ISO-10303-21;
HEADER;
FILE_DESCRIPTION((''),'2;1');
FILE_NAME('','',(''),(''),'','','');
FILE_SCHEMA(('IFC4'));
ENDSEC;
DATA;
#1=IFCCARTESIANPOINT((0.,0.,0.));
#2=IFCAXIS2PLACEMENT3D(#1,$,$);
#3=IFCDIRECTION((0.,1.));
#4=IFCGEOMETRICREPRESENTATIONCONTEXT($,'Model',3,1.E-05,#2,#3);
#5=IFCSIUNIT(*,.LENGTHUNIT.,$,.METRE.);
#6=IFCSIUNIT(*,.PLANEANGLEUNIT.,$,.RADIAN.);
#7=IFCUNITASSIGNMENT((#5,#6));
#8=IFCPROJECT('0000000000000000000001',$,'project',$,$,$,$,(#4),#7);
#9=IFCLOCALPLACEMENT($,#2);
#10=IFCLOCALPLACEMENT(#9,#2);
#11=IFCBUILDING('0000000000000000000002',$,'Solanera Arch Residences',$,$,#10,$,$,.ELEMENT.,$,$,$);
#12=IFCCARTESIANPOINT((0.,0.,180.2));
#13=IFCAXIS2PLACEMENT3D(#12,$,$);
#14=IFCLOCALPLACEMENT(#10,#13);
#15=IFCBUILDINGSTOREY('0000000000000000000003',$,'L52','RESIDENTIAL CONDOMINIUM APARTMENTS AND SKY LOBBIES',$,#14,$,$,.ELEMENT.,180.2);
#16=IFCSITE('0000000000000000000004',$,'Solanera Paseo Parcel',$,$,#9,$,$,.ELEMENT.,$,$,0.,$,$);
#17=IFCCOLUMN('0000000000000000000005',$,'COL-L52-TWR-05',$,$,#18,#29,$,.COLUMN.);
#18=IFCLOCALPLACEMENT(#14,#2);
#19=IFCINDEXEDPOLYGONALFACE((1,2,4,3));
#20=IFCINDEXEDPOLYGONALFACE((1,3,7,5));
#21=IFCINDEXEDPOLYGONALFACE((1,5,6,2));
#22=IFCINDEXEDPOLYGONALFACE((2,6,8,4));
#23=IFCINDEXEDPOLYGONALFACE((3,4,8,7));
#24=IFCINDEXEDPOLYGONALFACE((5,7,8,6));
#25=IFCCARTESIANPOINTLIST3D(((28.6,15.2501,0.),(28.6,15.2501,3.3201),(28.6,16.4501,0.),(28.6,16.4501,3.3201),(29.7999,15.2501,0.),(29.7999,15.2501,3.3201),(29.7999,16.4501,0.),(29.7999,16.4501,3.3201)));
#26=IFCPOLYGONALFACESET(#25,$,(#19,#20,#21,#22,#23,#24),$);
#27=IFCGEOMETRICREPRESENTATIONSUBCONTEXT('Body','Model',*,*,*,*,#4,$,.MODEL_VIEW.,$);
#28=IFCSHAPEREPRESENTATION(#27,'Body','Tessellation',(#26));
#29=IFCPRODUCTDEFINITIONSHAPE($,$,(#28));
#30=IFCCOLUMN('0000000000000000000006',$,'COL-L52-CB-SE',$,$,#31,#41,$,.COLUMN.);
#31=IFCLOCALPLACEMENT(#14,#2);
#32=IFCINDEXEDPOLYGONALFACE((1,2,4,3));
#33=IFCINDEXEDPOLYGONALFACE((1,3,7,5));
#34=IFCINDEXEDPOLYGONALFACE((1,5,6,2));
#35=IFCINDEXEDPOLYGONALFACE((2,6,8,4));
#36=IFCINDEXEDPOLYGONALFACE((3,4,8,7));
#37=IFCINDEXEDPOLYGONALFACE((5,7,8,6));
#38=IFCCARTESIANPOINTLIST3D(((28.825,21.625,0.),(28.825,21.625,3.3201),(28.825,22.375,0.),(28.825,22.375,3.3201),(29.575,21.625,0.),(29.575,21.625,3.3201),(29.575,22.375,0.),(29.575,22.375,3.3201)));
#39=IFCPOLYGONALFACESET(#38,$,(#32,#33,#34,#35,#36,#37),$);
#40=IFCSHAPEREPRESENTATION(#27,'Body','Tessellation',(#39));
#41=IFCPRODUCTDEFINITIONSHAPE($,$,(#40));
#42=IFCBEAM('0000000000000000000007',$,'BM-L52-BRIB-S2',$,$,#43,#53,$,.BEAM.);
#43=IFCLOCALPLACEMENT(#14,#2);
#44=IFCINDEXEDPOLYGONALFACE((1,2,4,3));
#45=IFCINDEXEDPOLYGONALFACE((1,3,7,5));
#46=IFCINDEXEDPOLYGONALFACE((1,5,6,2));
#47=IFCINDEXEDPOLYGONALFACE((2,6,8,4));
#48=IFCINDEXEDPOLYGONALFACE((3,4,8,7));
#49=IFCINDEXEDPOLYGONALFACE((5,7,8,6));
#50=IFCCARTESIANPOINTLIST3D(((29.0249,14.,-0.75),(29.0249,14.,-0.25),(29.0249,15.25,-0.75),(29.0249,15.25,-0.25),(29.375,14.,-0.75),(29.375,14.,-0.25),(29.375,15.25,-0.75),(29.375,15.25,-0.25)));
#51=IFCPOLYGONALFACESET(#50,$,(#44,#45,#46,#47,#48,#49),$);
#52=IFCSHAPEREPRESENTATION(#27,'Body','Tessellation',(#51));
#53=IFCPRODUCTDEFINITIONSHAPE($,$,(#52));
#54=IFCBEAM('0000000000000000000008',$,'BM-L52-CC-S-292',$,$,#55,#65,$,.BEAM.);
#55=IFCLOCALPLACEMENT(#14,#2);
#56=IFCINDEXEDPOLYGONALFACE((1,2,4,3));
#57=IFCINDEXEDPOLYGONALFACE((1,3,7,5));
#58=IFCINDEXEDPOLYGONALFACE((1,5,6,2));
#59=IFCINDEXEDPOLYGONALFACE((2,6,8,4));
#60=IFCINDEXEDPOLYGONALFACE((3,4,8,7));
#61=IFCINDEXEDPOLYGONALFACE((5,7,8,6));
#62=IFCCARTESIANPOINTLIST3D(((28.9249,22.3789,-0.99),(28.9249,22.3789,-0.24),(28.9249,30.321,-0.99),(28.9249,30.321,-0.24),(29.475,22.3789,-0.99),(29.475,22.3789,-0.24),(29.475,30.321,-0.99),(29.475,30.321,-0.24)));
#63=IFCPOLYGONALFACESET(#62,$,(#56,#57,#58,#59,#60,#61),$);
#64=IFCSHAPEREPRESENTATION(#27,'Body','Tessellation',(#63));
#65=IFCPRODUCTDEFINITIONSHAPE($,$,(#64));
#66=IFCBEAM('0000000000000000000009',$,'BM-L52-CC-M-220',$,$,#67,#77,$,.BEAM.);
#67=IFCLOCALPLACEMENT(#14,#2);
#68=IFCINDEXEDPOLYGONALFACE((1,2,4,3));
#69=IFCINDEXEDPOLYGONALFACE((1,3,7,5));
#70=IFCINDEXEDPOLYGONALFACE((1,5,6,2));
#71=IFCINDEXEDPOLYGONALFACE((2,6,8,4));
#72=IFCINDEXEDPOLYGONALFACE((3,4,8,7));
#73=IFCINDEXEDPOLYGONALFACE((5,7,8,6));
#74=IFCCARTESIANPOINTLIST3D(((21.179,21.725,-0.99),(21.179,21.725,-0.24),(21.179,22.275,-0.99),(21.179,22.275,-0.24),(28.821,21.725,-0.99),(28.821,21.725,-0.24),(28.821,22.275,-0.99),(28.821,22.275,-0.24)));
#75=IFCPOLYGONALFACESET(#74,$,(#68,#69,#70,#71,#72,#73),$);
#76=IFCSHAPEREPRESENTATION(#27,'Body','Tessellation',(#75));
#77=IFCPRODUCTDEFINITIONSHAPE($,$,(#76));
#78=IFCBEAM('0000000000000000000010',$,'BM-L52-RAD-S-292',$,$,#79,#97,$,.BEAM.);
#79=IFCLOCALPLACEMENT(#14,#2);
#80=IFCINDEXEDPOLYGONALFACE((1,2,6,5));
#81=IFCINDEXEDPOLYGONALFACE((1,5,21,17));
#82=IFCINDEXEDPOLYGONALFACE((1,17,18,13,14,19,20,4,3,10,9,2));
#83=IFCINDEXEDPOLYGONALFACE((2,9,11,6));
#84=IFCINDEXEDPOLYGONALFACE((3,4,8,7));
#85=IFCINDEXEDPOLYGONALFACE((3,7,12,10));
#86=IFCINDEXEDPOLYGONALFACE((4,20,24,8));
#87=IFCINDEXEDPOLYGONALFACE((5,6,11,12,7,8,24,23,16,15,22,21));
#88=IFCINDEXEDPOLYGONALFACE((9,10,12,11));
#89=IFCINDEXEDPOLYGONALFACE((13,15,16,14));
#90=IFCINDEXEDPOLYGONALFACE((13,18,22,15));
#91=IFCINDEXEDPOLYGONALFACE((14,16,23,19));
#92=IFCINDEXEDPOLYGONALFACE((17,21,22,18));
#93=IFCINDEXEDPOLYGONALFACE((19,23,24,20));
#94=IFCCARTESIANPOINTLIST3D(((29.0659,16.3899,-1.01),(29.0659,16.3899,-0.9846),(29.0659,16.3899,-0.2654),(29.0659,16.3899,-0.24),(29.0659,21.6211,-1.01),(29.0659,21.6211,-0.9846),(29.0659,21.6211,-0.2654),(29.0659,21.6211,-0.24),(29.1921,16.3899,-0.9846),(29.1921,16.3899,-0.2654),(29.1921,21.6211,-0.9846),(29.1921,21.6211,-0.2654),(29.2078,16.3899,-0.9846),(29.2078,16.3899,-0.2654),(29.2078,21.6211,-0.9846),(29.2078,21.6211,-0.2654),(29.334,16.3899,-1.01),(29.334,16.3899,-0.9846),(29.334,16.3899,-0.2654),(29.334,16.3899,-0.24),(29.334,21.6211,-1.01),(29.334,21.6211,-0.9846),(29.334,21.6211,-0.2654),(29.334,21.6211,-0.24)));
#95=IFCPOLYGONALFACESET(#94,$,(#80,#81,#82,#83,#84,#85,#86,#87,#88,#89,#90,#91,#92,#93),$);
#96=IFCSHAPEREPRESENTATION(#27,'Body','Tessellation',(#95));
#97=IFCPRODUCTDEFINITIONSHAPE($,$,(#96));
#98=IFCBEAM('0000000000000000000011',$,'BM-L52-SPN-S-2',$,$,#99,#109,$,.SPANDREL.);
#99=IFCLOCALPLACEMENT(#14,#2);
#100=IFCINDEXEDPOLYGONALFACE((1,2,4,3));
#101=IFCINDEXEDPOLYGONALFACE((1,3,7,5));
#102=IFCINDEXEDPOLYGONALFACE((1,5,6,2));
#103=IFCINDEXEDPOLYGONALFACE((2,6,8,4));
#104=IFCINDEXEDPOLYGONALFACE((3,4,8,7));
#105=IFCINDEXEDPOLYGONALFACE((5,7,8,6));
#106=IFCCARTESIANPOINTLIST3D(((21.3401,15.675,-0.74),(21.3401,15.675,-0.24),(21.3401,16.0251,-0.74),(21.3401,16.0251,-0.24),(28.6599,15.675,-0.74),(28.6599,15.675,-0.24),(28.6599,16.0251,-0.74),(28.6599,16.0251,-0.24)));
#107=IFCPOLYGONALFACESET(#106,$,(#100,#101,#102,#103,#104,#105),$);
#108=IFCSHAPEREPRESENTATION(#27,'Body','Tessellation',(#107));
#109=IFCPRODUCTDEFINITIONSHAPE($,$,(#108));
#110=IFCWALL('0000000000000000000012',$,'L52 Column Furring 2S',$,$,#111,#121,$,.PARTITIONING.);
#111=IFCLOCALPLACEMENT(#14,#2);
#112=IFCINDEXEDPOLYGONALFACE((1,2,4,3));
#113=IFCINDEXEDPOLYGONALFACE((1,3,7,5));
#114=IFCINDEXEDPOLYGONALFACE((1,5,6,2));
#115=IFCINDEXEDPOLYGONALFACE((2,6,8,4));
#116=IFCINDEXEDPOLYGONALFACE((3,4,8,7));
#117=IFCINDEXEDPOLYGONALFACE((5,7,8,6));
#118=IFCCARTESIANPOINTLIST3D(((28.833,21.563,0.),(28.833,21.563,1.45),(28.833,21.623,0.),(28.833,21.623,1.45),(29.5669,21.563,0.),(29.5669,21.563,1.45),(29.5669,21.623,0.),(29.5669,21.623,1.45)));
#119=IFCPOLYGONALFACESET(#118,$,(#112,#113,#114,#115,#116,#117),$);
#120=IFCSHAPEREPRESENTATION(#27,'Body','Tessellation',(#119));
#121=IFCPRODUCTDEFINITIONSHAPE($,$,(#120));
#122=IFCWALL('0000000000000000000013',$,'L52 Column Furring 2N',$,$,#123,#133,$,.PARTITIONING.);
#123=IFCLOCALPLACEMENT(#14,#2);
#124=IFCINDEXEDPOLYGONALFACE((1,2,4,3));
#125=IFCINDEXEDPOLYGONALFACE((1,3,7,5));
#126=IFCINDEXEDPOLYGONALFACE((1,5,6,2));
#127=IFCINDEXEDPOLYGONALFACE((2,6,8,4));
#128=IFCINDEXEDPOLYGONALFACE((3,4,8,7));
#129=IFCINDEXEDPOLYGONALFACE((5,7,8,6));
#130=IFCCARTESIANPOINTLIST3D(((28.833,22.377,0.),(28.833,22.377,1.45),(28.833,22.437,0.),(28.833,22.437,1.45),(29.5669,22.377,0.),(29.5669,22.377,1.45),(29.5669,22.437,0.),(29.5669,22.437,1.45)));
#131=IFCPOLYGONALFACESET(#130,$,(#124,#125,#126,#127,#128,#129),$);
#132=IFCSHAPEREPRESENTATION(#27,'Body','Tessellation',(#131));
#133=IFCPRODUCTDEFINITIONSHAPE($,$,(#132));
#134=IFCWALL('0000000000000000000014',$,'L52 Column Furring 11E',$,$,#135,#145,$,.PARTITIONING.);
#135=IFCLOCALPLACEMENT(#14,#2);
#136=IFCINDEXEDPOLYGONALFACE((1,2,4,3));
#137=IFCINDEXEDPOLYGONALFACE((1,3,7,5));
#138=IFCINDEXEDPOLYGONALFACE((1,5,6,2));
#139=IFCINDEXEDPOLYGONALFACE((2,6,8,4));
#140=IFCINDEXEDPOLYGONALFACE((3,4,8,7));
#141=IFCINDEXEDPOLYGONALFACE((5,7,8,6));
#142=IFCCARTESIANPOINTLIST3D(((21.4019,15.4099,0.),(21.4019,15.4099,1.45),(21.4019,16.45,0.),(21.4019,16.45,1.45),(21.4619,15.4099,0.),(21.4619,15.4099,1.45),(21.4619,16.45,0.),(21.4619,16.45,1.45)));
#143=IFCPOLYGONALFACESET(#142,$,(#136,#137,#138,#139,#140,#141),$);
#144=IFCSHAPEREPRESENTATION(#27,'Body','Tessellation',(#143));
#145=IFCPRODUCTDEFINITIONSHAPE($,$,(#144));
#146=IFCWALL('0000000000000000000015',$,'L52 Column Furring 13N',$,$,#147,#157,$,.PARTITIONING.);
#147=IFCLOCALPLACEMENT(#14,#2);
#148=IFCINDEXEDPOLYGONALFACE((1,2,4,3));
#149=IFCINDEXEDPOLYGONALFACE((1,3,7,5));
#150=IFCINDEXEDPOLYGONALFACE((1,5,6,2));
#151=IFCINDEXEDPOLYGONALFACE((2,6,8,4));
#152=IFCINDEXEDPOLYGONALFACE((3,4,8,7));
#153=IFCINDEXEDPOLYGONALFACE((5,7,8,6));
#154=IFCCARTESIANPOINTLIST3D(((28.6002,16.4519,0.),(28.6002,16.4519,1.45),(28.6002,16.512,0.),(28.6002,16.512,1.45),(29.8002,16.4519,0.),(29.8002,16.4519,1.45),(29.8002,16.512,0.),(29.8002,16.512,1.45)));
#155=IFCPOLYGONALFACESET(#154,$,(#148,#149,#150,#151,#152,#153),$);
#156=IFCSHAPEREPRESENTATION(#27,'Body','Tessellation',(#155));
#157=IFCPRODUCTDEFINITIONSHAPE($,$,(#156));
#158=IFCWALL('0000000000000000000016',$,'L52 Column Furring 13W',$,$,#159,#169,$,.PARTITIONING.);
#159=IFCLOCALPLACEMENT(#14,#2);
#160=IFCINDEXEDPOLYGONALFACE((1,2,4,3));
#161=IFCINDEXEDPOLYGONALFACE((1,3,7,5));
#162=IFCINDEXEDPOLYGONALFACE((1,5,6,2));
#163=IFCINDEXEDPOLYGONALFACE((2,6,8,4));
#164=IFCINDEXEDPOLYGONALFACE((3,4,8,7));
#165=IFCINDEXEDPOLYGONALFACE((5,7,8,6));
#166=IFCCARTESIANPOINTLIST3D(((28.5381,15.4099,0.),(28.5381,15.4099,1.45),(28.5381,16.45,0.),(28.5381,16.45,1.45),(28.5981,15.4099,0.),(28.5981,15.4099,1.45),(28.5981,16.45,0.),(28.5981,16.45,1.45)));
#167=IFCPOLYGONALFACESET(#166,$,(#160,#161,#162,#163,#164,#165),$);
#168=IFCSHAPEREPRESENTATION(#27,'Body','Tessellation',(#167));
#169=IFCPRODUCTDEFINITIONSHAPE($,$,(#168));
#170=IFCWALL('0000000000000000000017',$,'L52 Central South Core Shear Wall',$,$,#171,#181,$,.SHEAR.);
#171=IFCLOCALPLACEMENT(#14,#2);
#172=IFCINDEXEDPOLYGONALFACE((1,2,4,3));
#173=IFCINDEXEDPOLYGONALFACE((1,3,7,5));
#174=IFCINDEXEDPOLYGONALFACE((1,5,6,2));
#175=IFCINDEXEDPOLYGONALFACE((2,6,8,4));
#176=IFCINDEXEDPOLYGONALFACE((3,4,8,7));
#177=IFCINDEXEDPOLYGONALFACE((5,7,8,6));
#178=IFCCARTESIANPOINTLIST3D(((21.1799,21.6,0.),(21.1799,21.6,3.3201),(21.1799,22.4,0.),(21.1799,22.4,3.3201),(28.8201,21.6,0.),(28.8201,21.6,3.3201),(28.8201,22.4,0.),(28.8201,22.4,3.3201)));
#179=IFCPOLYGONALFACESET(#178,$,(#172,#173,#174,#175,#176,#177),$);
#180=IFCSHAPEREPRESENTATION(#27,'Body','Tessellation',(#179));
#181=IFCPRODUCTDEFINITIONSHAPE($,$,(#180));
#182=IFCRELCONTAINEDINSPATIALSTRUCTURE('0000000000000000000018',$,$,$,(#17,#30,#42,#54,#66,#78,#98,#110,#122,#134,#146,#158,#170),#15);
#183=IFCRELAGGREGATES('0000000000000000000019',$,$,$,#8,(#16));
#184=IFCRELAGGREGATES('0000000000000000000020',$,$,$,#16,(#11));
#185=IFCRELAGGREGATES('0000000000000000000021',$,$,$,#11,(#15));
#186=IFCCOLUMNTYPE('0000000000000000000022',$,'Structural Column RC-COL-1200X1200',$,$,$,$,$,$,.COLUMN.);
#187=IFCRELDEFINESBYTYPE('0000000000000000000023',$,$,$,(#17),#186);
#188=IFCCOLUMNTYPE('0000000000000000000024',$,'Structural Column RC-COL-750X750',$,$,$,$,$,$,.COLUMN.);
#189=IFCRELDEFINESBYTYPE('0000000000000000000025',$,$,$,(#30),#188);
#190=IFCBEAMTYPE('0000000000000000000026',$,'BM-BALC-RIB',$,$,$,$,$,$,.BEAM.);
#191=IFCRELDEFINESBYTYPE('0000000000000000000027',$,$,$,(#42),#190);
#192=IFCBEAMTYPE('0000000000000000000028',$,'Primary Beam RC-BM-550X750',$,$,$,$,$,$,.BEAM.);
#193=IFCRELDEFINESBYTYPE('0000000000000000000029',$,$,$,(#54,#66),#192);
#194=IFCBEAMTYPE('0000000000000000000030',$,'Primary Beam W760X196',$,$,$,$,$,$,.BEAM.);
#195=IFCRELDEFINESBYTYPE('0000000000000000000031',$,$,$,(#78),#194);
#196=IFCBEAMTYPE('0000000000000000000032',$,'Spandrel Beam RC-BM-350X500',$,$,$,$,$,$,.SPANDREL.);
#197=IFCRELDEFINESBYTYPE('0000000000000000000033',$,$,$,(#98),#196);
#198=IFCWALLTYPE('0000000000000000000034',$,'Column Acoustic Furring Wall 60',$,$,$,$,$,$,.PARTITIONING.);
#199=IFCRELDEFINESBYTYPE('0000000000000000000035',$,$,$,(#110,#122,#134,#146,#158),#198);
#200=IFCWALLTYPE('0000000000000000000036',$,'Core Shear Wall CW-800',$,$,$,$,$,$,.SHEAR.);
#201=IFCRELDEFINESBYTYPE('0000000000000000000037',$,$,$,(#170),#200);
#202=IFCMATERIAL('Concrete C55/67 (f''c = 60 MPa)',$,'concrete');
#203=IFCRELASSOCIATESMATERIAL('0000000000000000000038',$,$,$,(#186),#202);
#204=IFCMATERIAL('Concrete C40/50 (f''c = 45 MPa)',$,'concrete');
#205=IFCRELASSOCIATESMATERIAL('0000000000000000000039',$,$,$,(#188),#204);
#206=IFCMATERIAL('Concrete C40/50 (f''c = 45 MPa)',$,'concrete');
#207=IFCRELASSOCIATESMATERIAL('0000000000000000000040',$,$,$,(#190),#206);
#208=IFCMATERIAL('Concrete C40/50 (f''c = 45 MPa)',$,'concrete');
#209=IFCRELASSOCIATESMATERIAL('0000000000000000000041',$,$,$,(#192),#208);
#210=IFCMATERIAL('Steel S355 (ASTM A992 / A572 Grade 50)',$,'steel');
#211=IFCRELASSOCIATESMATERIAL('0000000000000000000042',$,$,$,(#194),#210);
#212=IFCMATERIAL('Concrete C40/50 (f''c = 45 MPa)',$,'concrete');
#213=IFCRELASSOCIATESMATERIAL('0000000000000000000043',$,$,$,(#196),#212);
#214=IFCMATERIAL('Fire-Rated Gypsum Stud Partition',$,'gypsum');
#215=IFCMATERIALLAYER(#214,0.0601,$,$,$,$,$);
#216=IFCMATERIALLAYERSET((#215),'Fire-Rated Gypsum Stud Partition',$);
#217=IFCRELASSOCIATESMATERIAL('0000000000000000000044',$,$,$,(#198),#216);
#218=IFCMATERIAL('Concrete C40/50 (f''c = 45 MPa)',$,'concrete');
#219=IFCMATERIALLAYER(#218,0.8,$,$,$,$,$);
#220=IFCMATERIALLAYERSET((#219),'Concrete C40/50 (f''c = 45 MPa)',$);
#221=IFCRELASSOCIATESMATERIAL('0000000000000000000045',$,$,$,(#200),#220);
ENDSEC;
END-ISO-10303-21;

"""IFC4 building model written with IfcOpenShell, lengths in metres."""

from ifc_helpers import new_model, si_unit, direction, frame, frame_2d, origin, origin_2d, place, context, subcontext, project, spatial, rectangle, i_section, extrude, material, layer, layer_set, material_profile, profile_set, type_object, element, save


model = new_model("IFC4")

# Units and contexts
model_context = context("Model", 3, precision=1e-05, world=origin(), true_north=direction((0.0, 1.0)))
body_context = subcontext(model_context, "Body", "Model", "MODEL_VIEW")
ifc_project = project(units=[si_unit("LENGTHUNIT", "METRE"), si_unit("PLANEANGLEUNIT", "RADIAN")], contexts=[model_context])

# Site, building, storey
site_placement = place(None, origin())
site = spatial("IfcSite", under=ifc_project, at=site_placement, Name="Solanera Paseo Parcel", CompositionType="ELEMENT", RefElevation=0.0)
building_placement = place(site_placement, origin())
building = spatial("IfcBuilding", under=site, at=building_placement, Name="Solanera Arch Residences", CompositionType="ELEMENT")
storey_placement = place(building_placement, frame((0.0, 0.0, 180.2)))
storey = spatial("IfcBuildingStorey", under=building, at=storey_placement, Name="L52", Description="RESIDENTIAL CONDOMINIUM APARTMENTS AND SKY LOBBIES", CompositionType="ELEMENT", Elevation=180.2)

# Columns
ifc_material_1 = material(Name="Concrete C55/67 (f'c = 60 MPa)", Category="concrete")
ifc_material_profile_1 = material_profile(ifc_material_1, rectangle(XDim=1.2, YDim=1.2, at=origin_2d()))
ifc_profile_set_1 = profile_set([ifc_material_profile_1], Name="Concrete C55/67 (f'c = 60 MPa)")
column_type_1 = type_object("IfcColumnType", Name="Structural Column RC-COL-1200X1200", PredefinedType="COLUMN", material=ifc_profile_set_1)
column_1_placement = place(storey_placement, frame((29.2, 15.8501, 0.0), z_axis=(0.0, 0.0, 1.0), x_axis=(1.0, 0.0, 0.0)))
element("IfcColumn", 1, at=column_1_placement, inside=storey, type_object=column_type_1, Name="COL-L52-TWR-05", PredefinedType="COLUMN", context=body_context, shape_type="SweptSolid", body=[
    extrude(rectangle(XDim=1.2, YDim=1.2, at=origin_2d()), origin(), (0.0, 0.0, 1.0), 3.3201),
])
ifc_material_2 = material(Name="Concrete C40/50 (f'c = 45 MPa)", Category="concrete")
ifc_material_profile_2 = material_profile(ifc_material_2, rectangle(XDim=0.75, YDim=0.75, at=origin_2d()))
ifc_profile_set_2 = profile_set([ifc_material_profile_2], Name="Concrete C40/50 (f'c = 45 MPa)")
column_type_2 = type_object("IfcColumnType", Name="Structural Column RC-COL-750X750", PredefinedType="COLUMN", material=ifc_profile_set_2)
column_2_placement = place(storey_placement, frame((29.2, 22.0, 0.0), z_axis=(0.0, 0.0, 1.0), x_axis=(1.0, 0.0, 0.0)))
element("IfcColumn", 2, at=column_2_placement, inside=storey, type_object=column_type_2, Name="COL-L52-CB-SE", PredefinedType="COLUMN", context=body_context, shape_type="SweptSolid", body=[
    extrude(rectangle(XDim=0.75, YDim=0.75, at=origin_2d()), origin(), (0.0, 0.0, 1.0), 3.3201),
])

# Beams
ifc_material_3 = material(Name="Concrete C40/50 (f'c = 45 MPa)", Category="concrete")
ifc_material_profile_3 = material_profile(ifc_material_3, rectangle(XDim=0.3501, YDim=0.5, at=origin_2d()))
ifc_profile_set_3 = profile_set([ifc_material_profile_3], Name="Concrete C40/50 (f'c = 45 MPa)")
beam_type_1 = type_object("IfcBeamType", Name="BM-BALC-RIB", PredefinedType="BEAM", material=ifc_profile_set_3)
beam_1_placement = place(storey_placement, frame((29.2, 14.0, -0.5), z_axis=(0.0, 1.0, 0.0), x_axis=(-1.0, 0.0, 0.0)))
element("IfcBeam", 3, at=beam_1_placement, inside=storey, type_object=beam_type_1, Name="BM-L52-BRIB-S2", PredefinedType="BEAM", context=body_context, shape_type="SweptSolid", body=[
    extrude(rectangle(XDim=0.3501, YDim=0.5, at=origin_2d()), origin(), (0.0, 0.0, 1.0), 1.25),
])
ifc_material_4 = material(Name="Concrete C40/50 (f'c = 45 MPa)", Category="concrete")
ifc_material_profile_4 = material_profile(ifc_material_4, rectangle(XDim=0.55, YDim=0.75, at=origin_2d()))
ifc_profile_set_4 = profile_set([ifc_material_profile_4], Name="Concrete C40/50 (f'c = 45 MPa)")
beam_type_2 = type_object("IfcBeamType", Name="Primary Beam RC-BM-550X750", PredefinedType="BEAM", material=ifc_profile_set_4)
beam_2_placement = place(storey_placement, frame((29.2, 22.3789, -0.615), z_axis=(0.0, 1.0, 0.0), x_axis=(-1.0, 0.0, 0.0)))
element("IfcBeam", 4, at=beam_2_placement, inside=storey, type_object=beam_type_2, Name="BM-L52-CC-S-292", PredefinedType="BEAM", context=body_context, shape_type="SweptSolid", body=[
    extrude(rectangle(XDim=0.55, YDim=0.75, at=origin_2d()), origin(), (0.0, 0.0, 1.0), 7.9421),
])
beam_3_placement = place(storey_placement, frame((21.179, 22.0, -0.615), z_axis=(1.0, 0.0, 0.0), x_axis=(0.0, 1.0, 0.0)))
element("IfcBeam", 5, at=beam_3_placement, inside=storey, type_object=beam_type_2, Name="BM-L52-CC-M-220", PredefinedType="BEAM", context=body_context, shape_type="SweptSolid", body=[
    extrude(rectangle(XDim=0.55, YDim=0.75, at=origin_2d()), origin(), (0.0, 0.0, 1.0), 7.6421),
])
ifc_material_5 = material(Name="Steel S355 (ASTM A992 / A572 Grade 50)", Category="steel")
ifc_material_profile_5 = material_profile(ifc_material_5, i_section(OverallWidth=0.2681, OverallDepth=0.77, WebThickness=0.0156, FlangeThickness=0.0254, at=origin_2d()))
ifc_profile_set_5 = profile_set([ifc_material_profile_5], Name="Steel S355 (ASTM A992 / A572 Grade 50)")
beam_type_3 = type_object("IfcBeamType", Name="Primary Beam W760X196", PredefinedType="BEAM", material=ifc_profile_set_5)
beam_4_placement = place(storey_placement, frame((29.2, 16.3899, -0.625), z_axis=(0.0, 1.0, 0.0), x_axis=(-1.0, 0.0, 0.0)))
element("IfcBeam", 6, at=beam_4_placement, inside=storey, type_object=beam_type_3, Name="BM-L52-RAD-S-292", PredefinedType="BEAM", context=body_context, shape_type="SweptSolid", body=[
    extrude(i_section(OverallWidth=0.2681, OverallDepth=0.77, WebThickness=0.0156, FlangeThickness=0.0254, at=origin_2d()), origin(), (0.0, 0.0, 1.0), 5.2312),
])
ifc_material_6 = material(Name="Concrete C40/50 (f'c = 45 MPa)", Category="concrete")
ifc_material_profile_6 = material_profile(ifc_material_6, rectangle(XDim=0.3501, YDim=0.5, at=origin_2d()))
ifc_profile_set_6 = profile_set([ifc_material_profile_6], Name="Concrete C40/50 (f'c = 45 MPa)")
beam_type_4 = type_object("IfcBeamType", Name="Spandrel Beam RC-BM-350X500", PredefinedType="SPANDREL", material=ifc_profile_set_6)
beam_5_placement = place(storey_placement, frame((21.3401, 15.8501, -0.49), z_axis=(1.0, 0.0, 0.0), x_axis=(0.0, 1.0, 0.0)))
element("IfcBeam", 7, at=beam_5_placement, inside=storey, type_object=beam_type_4, Name="BM-L52-SPN-S-2", PredefinedType="SPANDREL", context=body_context, shape_type="SweptSolid", body=[
    extrude(rectangle(XDim=0.3501, YDim=0.5, at=origin_2d()), origin(), (0.0, 0.0, 1.0), 7.3198),
])

# Walls
ifc_material_7 = material(Name="Fire-Rated Gypsum Stud Partition", Category="gypsum")
ifc_layer_1 = layer(ifc_material_7, 0.0601)
ifc_layer_set_1 = layer_set([ifc_layer_1], Name="Fire-Rated Gypsum Stud Partition")
wall_type_1 = type_object("IfcWallType", Name="Column Acoustic Furring Wall 60", PredefinedType="PARTITIONING", material=ifc_layer_set_1)
for number, where, z_axis, x_axis, name in (
    (8, (28.833, 21.593, 0.0), (0.0, 0.0, 1.0), (1.0, 0.0, 0.0), "L52 Column Furring 2S"),
    (9, (28.833, 22.407, 0.0), (0.0, 0.0, 1.0), (1.0, 0.0, 0.0), "L52 Column Furring 2N"),
):
    element("IfcWall", number, at=place(storey_placement, frame(where, z_axis=z_axis, x_axis=x_axis)), inside=storey, type_object=wall_type_1, Name=name, PredefinedType="PARTITIONING", context=body_context, shape_type="SweptSolid", body=[
        extrude(rectangle(XDim=0.7339, YDim=0.0601, at=frame_2d((0.3669, 0.0))), origin(), (0.0, 0.0, 1.0), 1.45),
    ])
wall_1_placement = place(storey_placement, frame((21.4319, 15.4099, 0.0), z_axis=(0.0, 0.0, 1.0), x_axis=(0.0, 1.0, 0.0)))
element("IfcWall", 10, at=wall_1_placement, inside=storey, type_object=wall_type_1, Name="L52 Column Furring 11E", PredefinedType="PARTITIONING", context=body_context, shape_type="SweptSolid", body=[
    extrude(rectangle(XDim=1.04, YDim=0.0601, at=frame_2d((0.52, 0.0))), origin(), (0.0, 0.0, 1.0), 1.45),
])
wall_2_placement = place(storey_placement, frame((28.6001, 16.4819, 0.0), z_axis=(0.0, 0.0, 1.0), x_axis=(1.0, 0.0, 0.0)))
element("IfcWall", 11, at=wall_2_placement, inside=storey, type_object=wall_type_1, Name="L52 Column Furring 13N", PredefinedType="PARTITIONING", context=body_context, shape_type="SweptSolid", body=[
    extrude(rectangle(XDim=1.2, YDim=0.0601, at=frame_2d((0.6001, 0.0))), origin(), (0.0, 0.0, 1.0), 1.45),
])
wall_3_placement = place(storey_placement, frame((28.5681, 15.4099, 0.0), z_axis=(0.0, 0.0, 1.0), x_axis=(0.0, 1.0, 0.0)))
element("IfcWall", 12, at=wall_3_placement, inside=storey, type_object=wall_type_1, Name="L52 Column Furring 13W", PredefinedType="PARTITIONING", context=body_context, shape_type="SweptSolid", body=[
    extrude(rectangle(XDim=1.04, YDim=0.0601, at=frame_2d((0.52, 0.0))), origin(), (0.0, 0.0, 1.0), 1.45),
])
ifc_material_8 = material(Name="Concrete C40/50 (f'c = 45 MPa)", Category="concrete")
ifc_layer_2 = layer(ifc_material_8, 0.8)
ifc_layer_set_2 = layer_set([ifc_layer_2], Name="Concrete C40/50 (f'c = 45 MPa)")
wall_type_2 = type_object("IfcWallType", Name="Core Shear Wall CW-800", PredefinedType="SHEAR", material=ifc_layer_set_2)
wall_4_placement = place(storey_placement, frame((21.1799, 22.0, 0.0), z_axis=(0.0, 0.0, 1.0), x_axis=(1.0, 0.0, 0.0)))
element("IfcWall", 13, at=wall_4_placement, inside=storey, type_object=wall_type_2, Name="L52 Central South Core Shear Wall", PredefinedType="SHEAR", context=body_context, shape_type="SweptSolid", body=[
    extrude(rectangle(XDim=7.6401, YDim=0.8, at=frame_2d((3.8201, 0.0))), origin(), (0.0, 0.0, 1.0), 3.3201),
])

save(model, "model.ifc")
